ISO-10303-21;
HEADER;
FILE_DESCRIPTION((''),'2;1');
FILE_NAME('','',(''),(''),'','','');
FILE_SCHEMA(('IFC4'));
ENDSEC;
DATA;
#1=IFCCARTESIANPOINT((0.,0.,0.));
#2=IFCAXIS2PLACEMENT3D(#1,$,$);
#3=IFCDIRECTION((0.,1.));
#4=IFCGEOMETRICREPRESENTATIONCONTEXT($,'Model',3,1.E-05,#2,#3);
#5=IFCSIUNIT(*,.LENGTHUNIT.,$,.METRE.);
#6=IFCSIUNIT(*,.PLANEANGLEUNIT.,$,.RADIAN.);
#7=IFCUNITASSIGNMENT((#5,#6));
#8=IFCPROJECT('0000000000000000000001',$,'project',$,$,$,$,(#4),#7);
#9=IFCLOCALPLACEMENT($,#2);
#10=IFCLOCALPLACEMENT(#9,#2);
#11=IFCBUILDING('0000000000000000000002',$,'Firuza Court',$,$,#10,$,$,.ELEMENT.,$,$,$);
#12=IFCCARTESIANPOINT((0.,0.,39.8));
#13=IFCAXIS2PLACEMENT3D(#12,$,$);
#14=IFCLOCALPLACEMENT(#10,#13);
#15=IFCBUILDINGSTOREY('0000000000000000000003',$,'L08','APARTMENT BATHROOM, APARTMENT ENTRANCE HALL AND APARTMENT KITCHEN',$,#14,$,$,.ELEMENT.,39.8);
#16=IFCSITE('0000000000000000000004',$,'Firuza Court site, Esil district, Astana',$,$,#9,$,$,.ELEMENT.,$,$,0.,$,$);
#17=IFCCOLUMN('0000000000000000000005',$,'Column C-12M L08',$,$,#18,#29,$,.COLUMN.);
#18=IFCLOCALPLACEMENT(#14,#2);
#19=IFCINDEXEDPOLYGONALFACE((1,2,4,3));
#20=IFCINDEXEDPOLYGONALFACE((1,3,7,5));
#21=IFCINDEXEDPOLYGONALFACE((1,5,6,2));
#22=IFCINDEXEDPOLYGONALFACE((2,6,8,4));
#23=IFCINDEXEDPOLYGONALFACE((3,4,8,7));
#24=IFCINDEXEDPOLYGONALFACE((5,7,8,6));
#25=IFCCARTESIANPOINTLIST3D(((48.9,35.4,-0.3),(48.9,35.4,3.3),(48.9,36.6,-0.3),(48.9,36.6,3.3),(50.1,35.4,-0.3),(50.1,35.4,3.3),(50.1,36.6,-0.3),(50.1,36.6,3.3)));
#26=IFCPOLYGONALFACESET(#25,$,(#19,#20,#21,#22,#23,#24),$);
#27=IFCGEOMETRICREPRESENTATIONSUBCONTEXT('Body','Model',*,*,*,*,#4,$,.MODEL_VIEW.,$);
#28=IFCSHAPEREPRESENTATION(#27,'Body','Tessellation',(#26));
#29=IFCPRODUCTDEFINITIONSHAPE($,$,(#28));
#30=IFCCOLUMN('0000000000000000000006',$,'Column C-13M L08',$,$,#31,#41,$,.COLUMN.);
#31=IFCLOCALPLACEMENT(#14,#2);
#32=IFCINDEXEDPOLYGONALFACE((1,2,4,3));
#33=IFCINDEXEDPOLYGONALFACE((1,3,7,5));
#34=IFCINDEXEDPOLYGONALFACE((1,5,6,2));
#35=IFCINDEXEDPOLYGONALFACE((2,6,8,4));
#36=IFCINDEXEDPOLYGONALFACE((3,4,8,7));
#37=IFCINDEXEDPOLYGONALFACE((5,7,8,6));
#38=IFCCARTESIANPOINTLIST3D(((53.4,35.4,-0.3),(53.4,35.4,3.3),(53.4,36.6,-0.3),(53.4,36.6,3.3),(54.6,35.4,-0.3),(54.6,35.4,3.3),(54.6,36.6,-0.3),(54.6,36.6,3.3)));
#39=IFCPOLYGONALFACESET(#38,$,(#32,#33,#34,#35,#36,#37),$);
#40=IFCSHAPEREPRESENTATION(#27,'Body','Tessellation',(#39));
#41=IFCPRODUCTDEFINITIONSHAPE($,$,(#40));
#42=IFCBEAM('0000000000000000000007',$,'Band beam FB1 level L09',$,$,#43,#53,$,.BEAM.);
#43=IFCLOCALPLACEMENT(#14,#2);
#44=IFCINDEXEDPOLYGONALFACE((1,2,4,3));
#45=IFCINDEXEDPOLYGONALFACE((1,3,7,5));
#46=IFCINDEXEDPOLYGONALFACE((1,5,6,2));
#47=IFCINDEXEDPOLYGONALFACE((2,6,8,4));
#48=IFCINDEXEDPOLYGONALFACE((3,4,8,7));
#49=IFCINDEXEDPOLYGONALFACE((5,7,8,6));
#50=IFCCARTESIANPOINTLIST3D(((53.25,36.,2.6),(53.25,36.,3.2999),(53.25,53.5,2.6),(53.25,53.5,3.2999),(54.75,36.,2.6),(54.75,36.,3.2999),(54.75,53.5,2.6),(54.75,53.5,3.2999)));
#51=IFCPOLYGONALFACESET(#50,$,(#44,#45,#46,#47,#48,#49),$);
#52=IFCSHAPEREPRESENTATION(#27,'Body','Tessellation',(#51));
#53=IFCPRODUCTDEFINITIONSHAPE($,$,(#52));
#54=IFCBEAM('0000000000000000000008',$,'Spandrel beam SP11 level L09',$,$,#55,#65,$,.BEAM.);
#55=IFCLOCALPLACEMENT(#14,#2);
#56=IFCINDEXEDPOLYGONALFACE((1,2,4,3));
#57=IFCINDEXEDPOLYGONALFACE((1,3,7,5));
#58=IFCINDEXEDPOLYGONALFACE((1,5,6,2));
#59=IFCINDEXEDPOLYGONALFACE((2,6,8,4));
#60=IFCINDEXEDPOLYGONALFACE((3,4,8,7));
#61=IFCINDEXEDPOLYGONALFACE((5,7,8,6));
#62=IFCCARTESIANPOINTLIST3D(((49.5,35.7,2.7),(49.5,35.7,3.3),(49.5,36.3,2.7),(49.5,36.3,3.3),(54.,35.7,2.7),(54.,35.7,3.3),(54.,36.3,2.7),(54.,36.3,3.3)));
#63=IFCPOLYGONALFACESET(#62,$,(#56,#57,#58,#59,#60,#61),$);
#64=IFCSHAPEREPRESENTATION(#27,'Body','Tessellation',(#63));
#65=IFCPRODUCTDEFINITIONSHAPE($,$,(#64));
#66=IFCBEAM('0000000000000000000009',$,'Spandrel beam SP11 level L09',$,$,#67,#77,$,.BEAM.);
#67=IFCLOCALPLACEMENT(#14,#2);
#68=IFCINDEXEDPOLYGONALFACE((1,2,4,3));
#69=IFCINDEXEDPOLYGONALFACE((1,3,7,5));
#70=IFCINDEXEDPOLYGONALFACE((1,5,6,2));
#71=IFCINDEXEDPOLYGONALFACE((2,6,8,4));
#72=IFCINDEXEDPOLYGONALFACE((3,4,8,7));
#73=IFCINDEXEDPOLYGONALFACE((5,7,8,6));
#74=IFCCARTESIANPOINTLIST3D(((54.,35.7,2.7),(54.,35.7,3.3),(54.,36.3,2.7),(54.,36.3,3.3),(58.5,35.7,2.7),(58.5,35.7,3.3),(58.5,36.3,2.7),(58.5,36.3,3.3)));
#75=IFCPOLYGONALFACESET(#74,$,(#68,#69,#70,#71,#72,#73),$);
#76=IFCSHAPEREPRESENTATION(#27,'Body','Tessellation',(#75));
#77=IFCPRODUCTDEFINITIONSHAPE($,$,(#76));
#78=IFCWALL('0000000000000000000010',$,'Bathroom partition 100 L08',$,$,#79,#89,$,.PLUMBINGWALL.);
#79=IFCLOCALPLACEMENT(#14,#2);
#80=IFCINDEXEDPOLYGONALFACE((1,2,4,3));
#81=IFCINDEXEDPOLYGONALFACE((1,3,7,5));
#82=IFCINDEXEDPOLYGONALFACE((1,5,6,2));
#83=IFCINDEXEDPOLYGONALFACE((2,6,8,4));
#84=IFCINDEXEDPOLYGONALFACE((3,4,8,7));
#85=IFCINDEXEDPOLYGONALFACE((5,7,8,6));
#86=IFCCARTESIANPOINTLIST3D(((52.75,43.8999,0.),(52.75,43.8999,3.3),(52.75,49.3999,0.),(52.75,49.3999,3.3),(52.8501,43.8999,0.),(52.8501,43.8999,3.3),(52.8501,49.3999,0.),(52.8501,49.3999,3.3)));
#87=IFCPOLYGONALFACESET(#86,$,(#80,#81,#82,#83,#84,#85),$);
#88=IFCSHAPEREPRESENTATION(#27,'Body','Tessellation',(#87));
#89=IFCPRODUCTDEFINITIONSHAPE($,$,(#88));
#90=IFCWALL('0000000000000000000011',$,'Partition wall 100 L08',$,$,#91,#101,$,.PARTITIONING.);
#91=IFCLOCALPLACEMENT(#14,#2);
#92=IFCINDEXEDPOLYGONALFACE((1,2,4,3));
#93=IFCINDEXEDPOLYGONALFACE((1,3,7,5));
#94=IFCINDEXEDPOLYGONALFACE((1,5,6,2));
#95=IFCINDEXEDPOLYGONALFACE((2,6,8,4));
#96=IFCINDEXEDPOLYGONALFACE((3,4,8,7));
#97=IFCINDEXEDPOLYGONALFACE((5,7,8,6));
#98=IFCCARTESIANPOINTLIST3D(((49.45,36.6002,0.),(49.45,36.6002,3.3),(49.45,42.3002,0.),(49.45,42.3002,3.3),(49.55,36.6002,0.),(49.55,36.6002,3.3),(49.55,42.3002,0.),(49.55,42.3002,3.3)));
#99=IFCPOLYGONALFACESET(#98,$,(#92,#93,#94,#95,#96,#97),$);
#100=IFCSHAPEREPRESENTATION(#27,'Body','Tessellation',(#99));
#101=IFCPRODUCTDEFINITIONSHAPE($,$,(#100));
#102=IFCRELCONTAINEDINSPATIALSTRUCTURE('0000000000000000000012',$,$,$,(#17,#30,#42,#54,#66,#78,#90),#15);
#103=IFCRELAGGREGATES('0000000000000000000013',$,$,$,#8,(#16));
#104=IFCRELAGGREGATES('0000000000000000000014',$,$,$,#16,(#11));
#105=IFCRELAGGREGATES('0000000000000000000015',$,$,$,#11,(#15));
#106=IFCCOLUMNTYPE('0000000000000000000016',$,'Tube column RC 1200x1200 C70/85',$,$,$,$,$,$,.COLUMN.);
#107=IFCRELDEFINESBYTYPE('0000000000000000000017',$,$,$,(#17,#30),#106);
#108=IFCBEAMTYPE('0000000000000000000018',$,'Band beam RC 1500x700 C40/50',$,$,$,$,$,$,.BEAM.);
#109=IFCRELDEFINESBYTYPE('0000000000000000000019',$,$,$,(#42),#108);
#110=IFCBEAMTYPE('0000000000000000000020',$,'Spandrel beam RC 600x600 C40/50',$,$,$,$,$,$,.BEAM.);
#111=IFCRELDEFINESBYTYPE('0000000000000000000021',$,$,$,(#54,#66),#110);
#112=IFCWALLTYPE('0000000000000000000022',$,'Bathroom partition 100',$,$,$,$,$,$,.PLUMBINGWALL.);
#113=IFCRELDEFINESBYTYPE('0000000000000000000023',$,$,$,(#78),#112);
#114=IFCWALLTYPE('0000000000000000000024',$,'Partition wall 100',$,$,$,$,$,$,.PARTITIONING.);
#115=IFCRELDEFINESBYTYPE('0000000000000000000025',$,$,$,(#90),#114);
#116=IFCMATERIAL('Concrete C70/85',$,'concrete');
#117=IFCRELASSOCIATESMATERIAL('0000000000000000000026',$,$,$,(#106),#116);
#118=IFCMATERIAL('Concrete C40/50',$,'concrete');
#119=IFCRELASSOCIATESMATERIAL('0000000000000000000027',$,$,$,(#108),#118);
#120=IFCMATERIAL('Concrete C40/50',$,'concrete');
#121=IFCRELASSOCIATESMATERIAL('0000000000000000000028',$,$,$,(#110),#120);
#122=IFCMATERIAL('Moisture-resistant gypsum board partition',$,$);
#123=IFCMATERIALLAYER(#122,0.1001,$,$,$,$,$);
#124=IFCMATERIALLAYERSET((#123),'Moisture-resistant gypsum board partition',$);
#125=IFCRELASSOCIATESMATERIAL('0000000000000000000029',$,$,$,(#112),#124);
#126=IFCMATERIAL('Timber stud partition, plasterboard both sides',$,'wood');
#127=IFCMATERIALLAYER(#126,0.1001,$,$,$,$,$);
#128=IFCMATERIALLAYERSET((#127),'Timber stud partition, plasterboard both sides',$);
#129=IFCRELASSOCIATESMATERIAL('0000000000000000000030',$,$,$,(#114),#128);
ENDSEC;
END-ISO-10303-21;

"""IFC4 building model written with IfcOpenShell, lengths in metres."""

from ifc_helpers import new_model, si_unit, direction, frame, frame_2d, origin, origin_2d, place, context, subcontext, project, spatial, rectangle, extrude, material, layer, layer_set, material_profile, profile_set, type_object, element, save


model = new_model("IFC4")

# Units and contexts
model_context = context("Model", 3, precision=1e-05, world=origin(), true_north=direction((0.0, 1.0)))
body_context = subcontext(model_context, "Body", "Model", "MODEL_VIEW")
ifc_project = project(units=[si_unit("LENGTHUNIT", "METRE"), si_unit("PLANEANGLEUNIT", "RADIAN")], contexts=[model_context])

# Site, building, storey
site_placement = place(None, origin())
site = spatial("IfcSite", under=ifc_project, at=site_placement, Name="Firuza Court site, Esil district, Astana", CompositionType="ELEMENT", RefElevation=0.0)
building_placement = place(site_placement, origin())
building = spatial("IfcBuilding", under=site, at=building_placement, Name="Firuza Court", CompositionType="ELEMENT")
storey_placement = place(building_placement, frame((0.0, 0.0, 39.8)))
storey = spatial("IfcBuildingStorey", under=building, at=storey_placement, Name="L08", Description="APARTMENT BATHROOM, APARTMENT ENTRANCE HALL AND APARTMENT KITCHEN", CompositionType="ELEMENT", Elevation=39.8)

# Columns
ifc_material_1 = material(Name="Concrete C70/85", Category="concrete")
ifc_material_profile_1 = material_profile(ifc_material_1, rectangle(XDim=1.2, YDim=1.2, at=origin_2d()), Name="RC 1200x1200")
ifc_profile_set_1 = profile_set([ifc_material_profile_1], Name="Concrete C70/85")
column_type = type_object("IfcColumnType", Name="Tube column RC 1200x1200 C70/85", PredefinedType="COLUMN", material=ifc_profile_set_1)
for number, where, z_axis, x_axis, name in (
    (1, (49.5, 36.0, -0.3), (0.0, 0.0, 1.0), (1.0, 0.0, 0.0), "Column C-12M L08"),
    (2, (54.0, 36.0, -0.3), (0.0, 0.0, 1.0), (1.0, 0.0, 0.0), "Column C-13M L08"),
):
    element("IfcColumn", number, at=place(storey_placement, frame(where, z_axis=z_axis, x_axis=x_axis)), inside=storey, type_object=column_type, Name=name, PredefinedType="COLUMN", context=body_context, shape_type="SweptSolid", body=[
        extrude(rectangle(XDim=1.2, YDim=1.2, at=origin_2d()), origin(), (0.0, 0.0, 1.0), 3.6001),
    ])

# Beams
ifc_material_2 = material(Name="Concrete C40/50", Category="concrete")
ifc_material_profile_2 = material_profile(ifc_material_2, rectangle(XDim=1.5, YDim=0.7, at=origin_2d()), Name="RC 1500x700")
ifc_profile_set_2 = profile_set([ifc_material_profile_2], Name="Concrete C40/50")
beam_type_1 = type_object("IfcBeamType", Name="Band beam RC 1500x700 C40/50", PredefinedType="BEAM", material=ifc_profile_set_2)
beam_placement = place(storey_placement, frame((54.0, 36.0, 2.95), z_axis=(0.0, 1.0, 0.0), x_axis=(-1.0, 0.0, 0.0)))
element("IfcBeam", 3, at=beam_placement, inside=storey, type_object=beam_type_1, Name="Band beam FB1 level L09", PredefinedType="BEAM", context=body_context, shape_type="SweptSolid", body=[
    extrude(rectangle(XDim=1.5, YDim=0.7, at=origin_2d()), origin(), (0.0, 0.0, 1.0), 17.5),
])
ifc_material_3 = material(Name="Concrete C40/50", Category="concrete")
ifc_material_profile_3 = material_profile(ifc_material_3, rectangle(XDim=0.6001, YDim=0.6001, at=origin_2d()), Name="RC 600x600")
ifc_profile_set_3 = profile_set([ifc_material_profile_3], Name="Concrete C40/50")
beam_type_2 = type_object("IfcBeamType", Name="Spandrel beam RC 600x600 C40/50", PredefinedType="BEAM", material=ifc_profile_set_3)
for number, where, z_axis, x_axis, name in (
    (4, (49.5, 36.0, 3.0), (1.0, 0.0, 0.0), (0.0, 1.0, 0.0), "Spandrel beam SP11 level L09"),
    (5, (54.0, 36.0, 3.0), (1.0, 0.0, 0.0), (0.0, 1.0, 0.0), "Spandrel beam SP11 level L09"),
):
    element("IfcBeam", number, at=place(storey_placement, frame(where, z_axis=z_axis, x_axis=x_axis)), inside=storey, type_object=beam_type_2, Name=name, PredefinedType="BEAM", context=body_context, shape_type="SweptSolid", body=[
        extrude(rectangle(XDim=0.6001, YDim=0.6001, at=origin_2d()), origin(), (0.0, 0.0, 1.0), 4.5),
    ])

# Walls
ifc_material_4 = material(Name="Moisture-resistant gypsum board partition")
ifc_layer_1 = layer(ifc_material_4, 0.1001)
ifc_layer_set_1 = layer_set([ifc_layer_1], Name="Moisture-resistant gypsum board partition")
wall_type_1 = type_object("IfcWallType", Name="Bathroom partition 100", PredefinedType="PLUMBINGWALL", material=ifc_layer_set_1)
wall_1_placement = place(storey_placement, frame((52.8, 43.8999, 0.0), z_axis=(0.0, 0.0, 1.0), x_axis=(0.0, 1.0, 0.0)))
element("IfcWall", 6, at=wall_1_placement, inside=storey, type_object=wall_type_1, Name="Bathroom partition 100 L08", PredefinedType="PLUMBINGWALL", context=body_context, shape_type="SweptSolid", body=[
    extrude(rectangle(XDim=5.5, YDim=0.1001, at=frame_2d((2.75, 0.0))), origin(), (0.0, 0.0, 1.0), 3.3),
])
ifc_material_5 = material(Name="Timber stud partition, plasterboard both sides", Category="wood")
ifc_layer_2 = layer(ifc_material_5, 0.1001)
ifc_layer_set_2 = layer_set([ifc_layer_2], Name="Timber stud partition, plasterboard both sides")
wall_type_2 = type_object("IfcWallType", Name="Partition wall 100", PredefinedType="PARTITIONING", material=ifc_layer_set_2)
wall_2_placement = place(storey_placement, frame((49.5, 36.6001, 0.0), z_axis=(0.0, 0.0, 1.0), x_axis=(0.0, 1.0, 0.0)))
element("IfcWall", 7, at=wall_2_placement, inside=storey, type_object=wall_type_2, Name="Partition wall 100 L08", PredefinedType="PARTITIONING", context=body_context, shape_type="SweptSolid", body=[
    extrude(rectangle(XDim=5.7, YDim=0.1001, at=frame_2d((2.8501, 0.0))), origin(), (0.0, 0.0, 1.0), 3.3),
])

save(model, "model.ifc")
